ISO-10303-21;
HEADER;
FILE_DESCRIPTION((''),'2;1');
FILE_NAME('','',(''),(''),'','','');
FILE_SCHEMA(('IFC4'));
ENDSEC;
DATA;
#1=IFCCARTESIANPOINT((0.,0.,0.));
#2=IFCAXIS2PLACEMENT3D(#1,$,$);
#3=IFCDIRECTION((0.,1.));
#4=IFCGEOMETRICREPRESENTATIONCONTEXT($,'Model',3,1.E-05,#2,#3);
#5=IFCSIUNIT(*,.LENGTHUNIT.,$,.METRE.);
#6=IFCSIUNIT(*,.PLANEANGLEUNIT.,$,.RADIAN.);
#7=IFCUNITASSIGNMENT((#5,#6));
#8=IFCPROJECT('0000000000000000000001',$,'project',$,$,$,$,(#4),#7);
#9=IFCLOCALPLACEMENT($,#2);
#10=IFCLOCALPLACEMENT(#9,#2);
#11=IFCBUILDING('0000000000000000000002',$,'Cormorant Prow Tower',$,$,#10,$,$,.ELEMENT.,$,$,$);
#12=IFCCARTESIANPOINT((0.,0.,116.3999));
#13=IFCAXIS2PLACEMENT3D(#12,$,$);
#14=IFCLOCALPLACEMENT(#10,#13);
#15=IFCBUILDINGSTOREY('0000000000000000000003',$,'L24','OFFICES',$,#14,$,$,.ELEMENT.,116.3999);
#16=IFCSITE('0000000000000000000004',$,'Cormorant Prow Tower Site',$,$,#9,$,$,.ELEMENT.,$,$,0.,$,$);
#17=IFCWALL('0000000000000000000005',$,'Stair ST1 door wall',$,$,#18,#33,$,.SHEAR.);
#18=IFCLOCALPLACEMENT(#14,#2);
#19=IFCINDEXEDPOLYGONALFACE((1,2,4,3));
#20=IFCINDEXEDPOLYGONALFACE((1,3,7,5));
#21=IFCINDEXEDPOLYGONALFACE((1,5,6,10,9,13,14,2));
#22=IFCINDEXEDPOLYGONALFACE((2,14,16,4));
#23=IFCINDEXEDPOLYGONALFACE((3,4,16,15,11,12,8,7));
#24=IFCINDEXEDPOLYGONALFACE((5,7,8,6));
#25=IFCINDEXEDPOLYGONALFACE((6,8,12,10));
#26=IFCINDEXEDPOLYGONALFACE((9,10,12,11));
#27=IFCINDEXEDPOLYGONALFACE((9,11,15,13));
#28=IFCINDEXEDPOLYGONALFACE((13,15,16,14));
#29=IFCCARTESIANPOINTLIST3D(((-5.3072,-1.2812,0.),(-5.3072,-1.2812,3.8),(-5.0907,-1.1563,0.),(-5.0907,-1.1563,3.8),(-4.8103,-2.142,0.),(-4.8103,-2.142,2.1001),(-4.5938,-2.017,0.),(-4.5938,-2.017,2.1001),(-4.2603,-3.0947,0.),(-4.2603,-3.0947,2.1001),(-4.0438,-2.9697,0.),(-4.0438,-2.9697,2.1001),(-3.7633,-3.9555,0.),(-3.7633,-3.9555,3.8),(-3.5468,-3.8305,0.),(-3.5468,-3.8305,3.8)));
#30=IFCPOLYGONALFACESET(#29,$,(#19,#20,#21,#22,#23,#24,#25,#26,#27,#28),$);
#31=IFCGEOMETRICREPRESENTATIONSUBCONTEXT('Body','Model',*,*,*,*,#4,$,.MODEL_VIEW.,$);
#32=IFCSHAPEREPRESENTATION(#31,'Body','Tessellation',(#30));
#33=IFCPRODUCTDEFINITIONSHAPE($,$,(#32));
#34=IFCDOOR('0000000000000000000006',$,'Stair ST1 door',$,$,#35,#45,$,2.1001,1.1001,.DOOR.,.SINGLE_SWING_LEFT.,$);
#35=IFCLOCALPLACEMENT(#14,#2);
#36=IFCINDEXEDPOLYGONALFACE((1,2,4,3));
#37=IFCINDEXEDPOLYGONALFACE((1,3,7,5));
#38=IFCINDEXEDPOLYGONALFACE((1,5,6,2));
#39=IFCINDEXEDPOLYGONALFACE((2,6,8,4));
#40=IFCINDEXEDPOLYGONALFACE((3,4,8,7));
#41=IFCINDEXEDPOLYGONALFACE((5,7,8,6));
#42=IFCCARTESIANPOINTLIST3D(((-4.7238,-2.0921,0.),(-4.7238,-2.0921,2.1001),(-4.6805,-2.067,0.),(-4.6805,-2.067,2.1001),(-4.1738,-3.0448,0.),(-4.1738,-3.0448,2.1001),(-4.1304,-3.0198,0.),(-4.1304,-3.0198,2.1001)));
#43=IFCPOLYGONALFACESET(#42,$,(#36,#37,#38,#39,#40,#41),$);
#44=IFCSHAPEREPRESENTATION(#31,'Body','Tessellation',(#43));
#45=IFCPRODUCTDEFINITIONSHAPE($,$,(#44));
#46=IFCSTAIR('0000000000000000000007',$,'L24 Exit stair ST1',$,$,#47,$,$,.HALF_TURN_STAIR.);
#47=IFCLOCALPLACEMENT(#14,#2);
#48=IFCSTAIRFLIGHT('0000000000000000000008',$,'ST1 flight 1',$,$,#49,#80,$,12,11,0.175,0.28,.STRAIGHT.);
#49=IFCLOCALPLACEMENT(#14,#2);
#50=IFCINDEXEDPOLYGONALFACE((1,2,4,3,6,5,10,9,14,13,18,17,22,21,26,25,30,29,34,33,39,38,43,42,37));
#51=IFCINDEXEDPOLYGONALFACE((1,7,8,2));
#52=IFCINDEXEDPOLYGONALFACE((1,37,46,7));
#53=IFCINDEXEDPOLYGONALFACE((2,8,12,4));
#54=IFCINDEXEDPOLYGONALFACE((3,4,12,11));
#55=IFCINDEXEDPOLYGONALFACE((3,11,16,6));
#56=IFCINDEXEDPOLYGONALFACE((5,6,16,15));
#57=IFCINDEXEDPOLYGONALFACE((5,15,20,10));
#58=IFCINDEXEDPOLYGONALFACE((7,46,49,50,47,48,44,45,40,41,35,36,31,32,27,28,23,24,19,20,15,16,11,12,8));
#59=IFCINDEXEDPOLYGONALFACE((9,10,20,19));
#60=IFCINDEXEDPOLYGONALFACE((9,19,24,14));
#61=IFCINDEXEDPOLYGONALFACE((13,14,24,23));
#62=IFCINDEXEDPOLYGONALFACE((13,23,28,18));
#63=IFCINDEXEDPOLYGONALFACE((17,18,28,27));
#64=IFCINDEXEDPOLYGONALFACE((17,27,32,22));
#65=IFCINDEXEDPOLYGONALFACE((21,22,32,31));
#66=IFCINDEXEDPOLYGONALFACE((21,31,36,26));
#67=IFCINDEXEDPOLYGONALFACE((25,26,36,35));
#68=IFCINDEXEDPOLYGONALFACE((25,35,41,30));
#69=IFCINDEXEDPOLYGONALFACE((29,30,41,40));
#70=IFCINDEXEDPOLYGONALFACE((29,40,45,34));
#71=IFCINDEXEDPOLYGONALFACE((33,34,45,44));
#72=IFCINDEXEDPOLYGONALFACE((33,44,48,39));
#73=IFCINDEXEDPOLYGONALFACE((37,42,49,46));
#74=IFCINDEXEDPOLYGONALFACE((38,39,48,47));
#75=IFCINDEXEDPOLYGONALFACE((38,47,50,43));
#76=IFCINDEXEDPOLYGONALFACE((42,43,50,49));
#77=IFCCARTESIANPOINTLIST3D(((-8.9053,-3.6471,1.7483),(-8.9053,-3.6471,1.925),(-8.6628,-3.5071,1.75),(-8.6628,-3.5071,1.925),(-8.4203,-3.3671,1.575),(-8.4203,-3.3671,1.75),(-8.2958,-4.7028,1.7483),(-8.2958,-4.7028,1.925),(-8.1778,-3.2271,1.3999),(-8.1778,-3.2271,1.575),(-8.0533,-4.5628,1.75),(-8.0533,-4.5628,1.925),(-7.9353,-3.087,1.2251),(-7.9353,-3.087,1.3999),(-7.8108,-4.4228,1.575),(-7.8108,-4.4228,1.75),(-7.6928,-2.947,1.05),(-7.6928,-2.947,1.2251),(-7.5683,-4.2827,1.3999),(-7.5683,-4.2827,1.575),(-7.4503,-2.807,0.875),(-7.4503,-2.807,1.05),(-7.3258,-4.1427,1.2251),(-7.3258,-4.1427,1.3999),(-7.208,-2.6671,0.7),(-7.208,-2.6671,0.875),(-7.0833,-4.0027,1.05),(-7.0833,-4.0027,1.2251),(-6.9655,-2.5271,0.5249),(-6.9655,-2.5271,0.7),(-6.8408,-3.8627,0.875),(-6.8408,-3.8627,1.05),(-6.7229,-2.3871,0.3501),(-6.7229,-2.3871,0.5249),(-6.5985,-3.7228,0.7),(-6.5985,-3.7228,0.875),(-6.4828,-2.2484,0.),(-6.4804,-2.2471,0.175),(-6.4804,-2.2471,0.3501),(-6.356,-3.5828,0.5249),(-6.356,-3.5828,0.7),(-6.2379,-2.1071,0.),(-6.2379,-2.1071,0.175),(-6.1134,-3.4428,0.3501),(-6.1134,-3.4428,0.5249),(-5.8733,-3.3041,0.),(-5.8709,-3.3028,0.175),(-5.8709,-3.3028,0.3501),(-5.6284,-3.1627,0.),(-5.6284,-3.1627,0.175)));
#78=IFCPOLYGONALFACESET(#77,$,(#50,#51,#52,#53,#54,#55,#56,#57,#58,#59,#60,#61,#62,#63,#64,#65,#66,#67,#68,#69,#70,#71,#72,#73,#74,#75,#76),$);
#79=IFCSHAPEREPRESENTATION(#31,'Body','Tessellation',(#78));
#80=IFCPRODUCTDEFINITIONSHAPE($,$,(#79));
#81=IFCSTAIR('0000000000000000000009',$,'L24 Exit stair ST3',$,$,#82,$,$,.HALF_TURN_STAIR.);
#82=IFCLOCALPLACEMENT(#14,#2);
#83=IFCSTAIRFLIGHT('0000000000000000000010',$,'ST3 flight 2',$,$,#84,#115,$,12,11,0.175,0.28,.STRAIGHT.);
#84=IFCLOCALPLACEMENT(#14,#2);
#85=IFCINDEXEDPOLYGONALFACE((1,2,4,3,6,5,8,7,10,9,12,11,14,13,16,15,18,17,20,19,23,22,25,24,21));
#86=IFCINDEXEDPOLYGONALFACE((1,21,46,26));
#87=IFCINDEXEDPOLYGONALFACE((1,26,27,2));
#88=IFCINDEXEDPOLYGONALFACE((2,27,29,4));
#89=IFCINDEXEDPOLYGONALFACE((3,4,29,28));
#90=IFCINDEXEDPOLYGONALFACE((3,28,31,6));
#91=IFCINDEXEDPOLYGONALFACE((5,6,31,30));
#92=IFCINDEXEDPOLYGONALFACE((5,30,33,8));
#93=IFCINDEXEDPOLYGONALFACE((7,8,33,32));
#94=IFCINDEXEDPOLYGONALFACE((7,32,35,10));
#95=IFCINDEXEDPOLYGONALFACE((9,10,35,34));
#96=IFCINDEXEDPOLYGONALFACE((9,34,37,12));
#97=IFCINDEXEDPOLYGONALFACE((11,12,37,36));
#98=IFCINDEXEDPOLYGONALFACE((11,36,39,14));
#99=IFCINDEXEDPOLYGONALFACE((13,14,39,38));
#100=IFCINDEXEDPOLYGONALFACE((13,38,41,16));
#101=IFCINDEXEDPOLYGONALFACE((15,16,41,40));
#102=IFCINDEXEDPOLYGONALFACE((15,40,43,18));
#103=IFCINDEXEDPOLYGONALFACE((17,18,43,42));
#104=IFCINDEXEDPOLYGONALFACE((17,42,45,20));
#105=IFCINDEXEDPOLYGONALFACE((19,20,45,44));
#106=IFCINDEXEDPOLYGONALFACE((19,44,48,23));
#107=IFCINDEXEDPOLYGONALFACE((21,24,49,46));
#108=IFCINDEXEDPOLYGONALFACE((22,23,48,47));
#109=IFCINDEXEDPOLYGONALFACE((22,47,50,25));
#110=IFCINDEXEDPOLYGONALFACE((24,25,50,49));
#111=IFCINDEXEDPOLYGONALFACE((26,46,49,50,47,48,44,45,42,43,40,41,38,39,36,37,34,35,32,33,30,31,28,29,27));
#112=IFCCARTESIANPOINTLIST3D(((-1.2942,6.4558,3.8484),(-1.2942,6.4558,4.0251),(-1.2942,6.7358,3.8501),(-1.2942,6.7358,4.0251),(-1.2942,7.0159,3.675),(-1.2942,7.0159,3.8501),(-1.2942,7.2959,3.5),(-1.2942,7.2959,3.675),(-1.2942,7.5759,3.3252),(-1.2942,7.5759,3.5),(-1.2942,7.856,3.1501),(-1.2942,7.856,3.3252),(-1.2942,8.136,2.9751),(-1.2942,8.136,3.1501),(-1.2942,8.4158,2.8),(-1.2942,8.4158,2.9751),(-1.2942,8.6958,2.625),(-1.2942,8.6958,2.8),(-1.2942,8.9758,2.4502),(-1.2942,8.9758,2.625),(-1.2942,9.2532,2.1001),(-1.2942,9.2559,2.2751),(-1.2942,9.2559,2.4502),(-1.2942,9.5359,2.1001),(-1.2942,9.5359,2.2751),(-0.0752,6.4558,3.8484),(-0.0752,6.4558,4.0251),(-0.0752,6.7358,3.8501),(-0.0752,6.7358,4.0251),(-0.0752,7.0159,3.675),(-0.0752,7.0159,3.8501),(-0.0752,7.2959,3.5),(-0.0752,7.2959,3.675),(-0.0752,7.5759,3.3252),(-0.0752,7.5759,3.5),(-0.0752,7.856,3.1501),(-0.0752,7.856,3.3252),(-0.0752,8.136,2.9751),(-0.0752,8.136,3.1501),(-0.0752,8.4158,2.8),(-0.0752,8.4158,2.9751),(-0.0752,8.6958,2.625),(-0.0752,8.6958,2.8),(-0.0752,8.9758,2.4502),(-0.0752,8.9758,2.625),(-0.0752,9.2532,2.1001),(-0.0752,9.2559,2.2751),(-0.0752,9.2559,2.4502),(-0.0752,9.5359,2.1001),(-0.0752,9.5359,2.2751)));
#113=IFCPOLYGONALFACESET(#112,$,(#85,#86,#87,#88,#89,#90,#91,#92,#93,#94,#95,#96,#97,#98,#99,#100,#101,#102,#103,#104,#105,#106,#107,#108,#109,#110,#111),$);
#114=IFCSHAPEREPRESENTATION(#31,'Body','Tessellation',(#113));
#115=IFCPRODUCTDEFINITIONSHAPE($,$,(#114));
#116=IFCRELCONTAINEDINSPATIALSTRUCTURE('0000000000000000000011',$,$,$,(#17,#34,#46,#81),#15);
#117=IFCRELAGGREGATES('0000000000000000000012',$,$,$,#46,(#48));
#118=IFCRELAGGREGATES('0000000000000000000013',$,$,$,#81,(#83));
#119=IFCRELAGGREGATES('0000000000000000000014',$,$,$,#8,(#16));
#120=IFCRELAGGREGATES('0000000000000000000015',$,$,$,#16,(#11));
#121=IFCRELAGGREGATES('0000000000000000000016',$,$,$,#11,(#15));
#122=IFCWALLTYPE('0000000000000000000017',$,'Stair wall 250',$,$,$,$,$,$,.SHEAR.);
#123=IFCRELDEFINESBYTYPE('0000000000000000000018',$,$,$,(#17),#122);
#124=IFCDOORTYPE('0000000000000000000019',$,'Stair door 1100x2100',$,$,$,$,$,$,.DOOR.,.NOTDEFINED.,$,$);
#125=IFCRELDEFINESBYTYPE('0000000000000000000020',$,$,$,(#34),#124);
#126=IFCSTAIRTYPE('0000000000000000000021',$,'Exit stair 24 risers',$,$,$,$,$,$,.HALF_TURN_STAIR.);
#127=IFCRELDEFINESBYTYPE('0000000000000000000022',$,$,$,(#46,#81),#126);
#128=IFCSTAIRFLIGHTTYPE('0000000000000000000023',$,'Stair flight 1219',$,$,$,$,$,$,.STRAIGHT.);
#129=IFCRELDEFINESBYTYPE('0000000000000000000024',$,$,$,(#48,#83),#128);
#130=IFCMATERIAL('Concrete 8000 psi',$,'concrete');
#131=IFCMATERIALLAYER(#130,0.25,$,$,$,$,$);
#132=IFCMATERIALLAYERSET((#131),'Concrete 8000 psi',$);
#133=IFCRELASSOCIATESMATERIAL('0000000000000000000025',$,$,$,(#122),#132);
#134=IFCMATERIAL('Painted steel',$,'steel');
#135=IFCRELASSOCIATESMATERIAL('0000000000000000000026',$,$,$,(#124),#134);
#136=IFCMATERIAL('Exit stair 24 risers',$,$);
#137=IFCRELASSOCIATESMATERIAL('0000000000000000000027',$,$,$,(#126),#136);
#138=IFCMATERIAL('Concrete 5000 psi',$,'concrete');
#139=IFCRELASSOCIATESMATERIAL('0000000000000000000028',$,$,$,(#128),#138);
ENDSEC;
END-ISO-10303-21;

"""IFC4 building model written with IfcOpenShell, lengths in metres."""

from ifc_helpers import new_model, si_unit, direction, frame, frame_2d, origin, place, context, subcontext, project, spatial, polyline, rectangle, outline, extrude, material, layer, layer_set, type_object, element, fill, aggregate, save


model = new_model("IFC4")

# Units and contexts
model_context = context("Model", 3, precision=1e-05, world=origin(), true_north=direction((0.0, 1.0)))
body_context = subcontext(model_context, "Body", "Model", "MODEL_VIEW")
ifc_project = project(units=[si_unit("LENGTHUNIT", "METRE"), si_unit("PLANEANGLEUNIT", "RADIAN")], contexts=[model_context])

# Site, building, storey
site_placement = place(None, origin())
site = spatial("IfcSite", under=ifc_project, at=site_placement, Name="Cormorant Prow Tower Site", CompositionType="ELEMENT", RefElevation=0.0)
building_placement = place(site_placement, origin())
building = spatial("IfcBuilding", under=site, at=building_placement, Name="Cormorant Prow Tower", CompositionType="ELEMENT")
storey_placement = place(building_placement, frame((0.0, 0.0, 116.3999)))
storey = spatial("IfcBuildingStorey", under=building, at=storey_placement, Name="L24", Description="OFFICES", CompositionType="ELEMENT", Elevation=116.3999)

# Wall, opening, door
ifc_material_1 = material(Name="Concrete 8000 psi", Category="concrete")
ifc_layer_1 = layer(ifc_material_1, 0.25)
ifc_layer_set_1 = layer_set([ifc_layer_1], Name="Concrete 8000 psi")
wall_type_1 = type_object("IfcWallType", Name="Stair wall 250", PredefinedType="SHEAR", material=ifc_layer_set_1)
wall_1_placement = place(storey_placement, frame((-5.199, -1.2188, 0.0), z_axis=(0.0, 0.0, 1.0), x_axis=(0.499983, -0.866035, 0.0)))
wall_1 = element("IfcWall", 1, at=wall_1_placement, inside=storey, type_object=wall_type_1, Name="Stair ST1 door wall", PredefinedType="SHEAR", context=body_context, shape_type="SweptSolid", body=[
    extrude(rectangle(XDim=3.0879, YDim=0.25, at=frame_2d((1.5439, 0.0))), origin(), (0.0, 0.0, 1.0), 3.8),
])
opening_1_placement = place(wall_1_placement, frame((0.9939, 0.0, 0.0)))
opening_1 = element("IfcOpeningElement", 2, at=opening_1_placement, cuts=wall_1, PredefinedType="OPENING", context=body_context, shape_type="SweptSolid", body=[
    extrude(rectangle(XDim=1.1001, YDim=2.1001, at=frame_2d((0.55, 1.05))), frame((0.0, 0.135, 0.0), z_axis=(0.0, -1.0, 0.0), x_axis=(1.0, 0.0, 0.0)), (0.0, 0.0, 1.0), 0.27),
])
ifc_material_2 = material(Name="Painted steel", Category="steel")
door_type_1 = type_object("IfcDoorType", Name="Stair door 1100x2100", OperationType="NOTDEFINED", PredefinedType="DOOR", material=ifc_material_2)
door_1_placement = place(opening_1_placement, origin())
door_1 = element("IfcDoor", 3, at=door_1_placement, inside=storey, type_object=door_type_1, Name="Stair ST1 door", OperationType="SINGLE_SWING_LEFT", OverallHeight=2.1001, OverallWidth=1.1001, PredefinedType="DOOR", context=body_context, shape_type="SweptSolid", body=[
    extrude(rectangle(XDim=1.1001, YDim=2.1001, at=frame_2d((0.55, 1.05))), frame((0.0, 0.0249, 0.0), z_axis=(0.0, -1.0, 0.0), x_axis=(1.0, 0.0, 0.0)), (0.0, 0.0, 1.0), 0.05),
])
fill(opening_1, door_1)

# Stairs, stair flights
ifc_material_3 = material(Name="Exit stair 24 risers")
stair_type = type_object("IfcStairType", Name="Exit stair 24 risers", PredefinedType="HALF_TURN_STAIR", material=ifc_material_3)
stair_1_placement = place(storey_placement, origin())
stair_1 = element("IfcStair", 4, at=stair_1_placement, inside=storey, type_object=stair_type, Name="L24 Exit stair ST1", PredefinedType="HALF_TURN_STAIR")
ifc_material_4 = material(Name="Concrete 5000 psi", Category="concrete")
stair_flight_type = type_object("IfcStairFlightType", Name="Stair flight 1219", PredefinedType="STRAIGHT", material=ifc_material_4)
stair_flight_1_placement = place(storey_placement, frame((-5.9331, -2.635, 0.0), z_axis=(0.0, 0.0, 1.0), x_axis=(-0.866025, -0.5, 0.0)))
stair_flight_1 = element("IfcStairFlight", 5, at=stair_flight_1_placement, type_object=stair_flight_type, Name="ST1 flight 1", NumberOfRisers=12, NumberOfTreads=11, PredefinedType="STRAIGHT", RiserHeight=0.175, TreadLength=0.28, context=body_context, shape_type="SweptSolid", body=[
    extrude(outline(polyline([(0.0, 0.0), (0.0, 0.175), (0.28, 0.175), (0.28, 0.3501), (0.5601, 0.3501), (0.5601, 0.5249), (0.8401, 0.5249), (0.8401, 0.7), (1.1201, 0.7), (1.1201, 0.875), (1.3999, 0.875), (1.3999, 1.05), (1.6799, 1.05), (1.6799, 1.2251), (1.96, 1.2251), (1.96, 1.3999), (2.24, 1.3999), (2.24, 1.575), (2.52, 1.575), (2.52, 1.75), (2.8, 1.75), (2.8, 1.925), (3.0801, 1.925), (3.0801, 2.1001), (3.0801, 1.7483), (0.2827, 0.0), (0.0, 0.0)])), frame((0.0, 0.6094, 0.0), z_axis=(0.0, -1.0, 0.0), x_axis=(1.0, 0.0, 0.0)), (0.0, 0.0, 1.0), 1.219),
])
aggregate(stair_1, [stair_flight_1])
stair_2_placement = place(storey_placement, origin())
stair_2 = element("IfcStair", 6, at=stair_2_placement, inside=storey, type_object=stair_type, Name="L24 Exit stair ST3", PredefinedType="HALF_TURN_STAIR")
stair_flight_2_placement = place(storey_placement, frame((-0.6846, 9.5359, 2.1001), z_axis=(0.0, 0.0, 1.0), x_axis=(0.0, -1.0, 0.0)))
stair_flight_2 = element("IfcStairFlight", 7, at=stair_flight_2_placement, type_object=stair_flight_type, Name="ST3 flight 2", NumberOfRisers=12, NumberOfTreads=11, PredefinedType="STRAIGHT", RiserHeight=0.175, TreadLength=0.28, context=body_context, shape_type="SweptSolid", body=[
    extrude(outline(polyline([(0.0, 0.0), (0.0, 0.175), (0.28, 0.175), (0.28, 0.3501), (0.5601, 0.3501), (0.5601, 0.5249), (0.8401, 0.5249), (0.8401, 0.7), (1.1201, 0.7), (1.1201, 0.875), (1.3999, 0.875), (1.3999, 1.05), (1.6799, 1.05), (1.6799, 1.2251), (1.96, 1.2251), (1.96, 1.3999), (2.24, 1.3999), (2.24, 1.575), (2.52, 1.575), (2.52, 1.75), (2.8, 1.75), (2.8, 1.925), (3.0801, 1.925), (3.0801, 2.1001), (3.0801, 1.7483), (0.2827, 0.0), (0.0, 0.0)])), frame((0.0, 0.6094, 0.0), z_axis=(0.0, -1.0, 0.0), x_axis=(1.0, 0.0, 0.0)), (0.0, 0.0, 1.0), 1.219),
])
aggregate(stair_2, [stair_flight_2])

save(model, "model.ifc")
